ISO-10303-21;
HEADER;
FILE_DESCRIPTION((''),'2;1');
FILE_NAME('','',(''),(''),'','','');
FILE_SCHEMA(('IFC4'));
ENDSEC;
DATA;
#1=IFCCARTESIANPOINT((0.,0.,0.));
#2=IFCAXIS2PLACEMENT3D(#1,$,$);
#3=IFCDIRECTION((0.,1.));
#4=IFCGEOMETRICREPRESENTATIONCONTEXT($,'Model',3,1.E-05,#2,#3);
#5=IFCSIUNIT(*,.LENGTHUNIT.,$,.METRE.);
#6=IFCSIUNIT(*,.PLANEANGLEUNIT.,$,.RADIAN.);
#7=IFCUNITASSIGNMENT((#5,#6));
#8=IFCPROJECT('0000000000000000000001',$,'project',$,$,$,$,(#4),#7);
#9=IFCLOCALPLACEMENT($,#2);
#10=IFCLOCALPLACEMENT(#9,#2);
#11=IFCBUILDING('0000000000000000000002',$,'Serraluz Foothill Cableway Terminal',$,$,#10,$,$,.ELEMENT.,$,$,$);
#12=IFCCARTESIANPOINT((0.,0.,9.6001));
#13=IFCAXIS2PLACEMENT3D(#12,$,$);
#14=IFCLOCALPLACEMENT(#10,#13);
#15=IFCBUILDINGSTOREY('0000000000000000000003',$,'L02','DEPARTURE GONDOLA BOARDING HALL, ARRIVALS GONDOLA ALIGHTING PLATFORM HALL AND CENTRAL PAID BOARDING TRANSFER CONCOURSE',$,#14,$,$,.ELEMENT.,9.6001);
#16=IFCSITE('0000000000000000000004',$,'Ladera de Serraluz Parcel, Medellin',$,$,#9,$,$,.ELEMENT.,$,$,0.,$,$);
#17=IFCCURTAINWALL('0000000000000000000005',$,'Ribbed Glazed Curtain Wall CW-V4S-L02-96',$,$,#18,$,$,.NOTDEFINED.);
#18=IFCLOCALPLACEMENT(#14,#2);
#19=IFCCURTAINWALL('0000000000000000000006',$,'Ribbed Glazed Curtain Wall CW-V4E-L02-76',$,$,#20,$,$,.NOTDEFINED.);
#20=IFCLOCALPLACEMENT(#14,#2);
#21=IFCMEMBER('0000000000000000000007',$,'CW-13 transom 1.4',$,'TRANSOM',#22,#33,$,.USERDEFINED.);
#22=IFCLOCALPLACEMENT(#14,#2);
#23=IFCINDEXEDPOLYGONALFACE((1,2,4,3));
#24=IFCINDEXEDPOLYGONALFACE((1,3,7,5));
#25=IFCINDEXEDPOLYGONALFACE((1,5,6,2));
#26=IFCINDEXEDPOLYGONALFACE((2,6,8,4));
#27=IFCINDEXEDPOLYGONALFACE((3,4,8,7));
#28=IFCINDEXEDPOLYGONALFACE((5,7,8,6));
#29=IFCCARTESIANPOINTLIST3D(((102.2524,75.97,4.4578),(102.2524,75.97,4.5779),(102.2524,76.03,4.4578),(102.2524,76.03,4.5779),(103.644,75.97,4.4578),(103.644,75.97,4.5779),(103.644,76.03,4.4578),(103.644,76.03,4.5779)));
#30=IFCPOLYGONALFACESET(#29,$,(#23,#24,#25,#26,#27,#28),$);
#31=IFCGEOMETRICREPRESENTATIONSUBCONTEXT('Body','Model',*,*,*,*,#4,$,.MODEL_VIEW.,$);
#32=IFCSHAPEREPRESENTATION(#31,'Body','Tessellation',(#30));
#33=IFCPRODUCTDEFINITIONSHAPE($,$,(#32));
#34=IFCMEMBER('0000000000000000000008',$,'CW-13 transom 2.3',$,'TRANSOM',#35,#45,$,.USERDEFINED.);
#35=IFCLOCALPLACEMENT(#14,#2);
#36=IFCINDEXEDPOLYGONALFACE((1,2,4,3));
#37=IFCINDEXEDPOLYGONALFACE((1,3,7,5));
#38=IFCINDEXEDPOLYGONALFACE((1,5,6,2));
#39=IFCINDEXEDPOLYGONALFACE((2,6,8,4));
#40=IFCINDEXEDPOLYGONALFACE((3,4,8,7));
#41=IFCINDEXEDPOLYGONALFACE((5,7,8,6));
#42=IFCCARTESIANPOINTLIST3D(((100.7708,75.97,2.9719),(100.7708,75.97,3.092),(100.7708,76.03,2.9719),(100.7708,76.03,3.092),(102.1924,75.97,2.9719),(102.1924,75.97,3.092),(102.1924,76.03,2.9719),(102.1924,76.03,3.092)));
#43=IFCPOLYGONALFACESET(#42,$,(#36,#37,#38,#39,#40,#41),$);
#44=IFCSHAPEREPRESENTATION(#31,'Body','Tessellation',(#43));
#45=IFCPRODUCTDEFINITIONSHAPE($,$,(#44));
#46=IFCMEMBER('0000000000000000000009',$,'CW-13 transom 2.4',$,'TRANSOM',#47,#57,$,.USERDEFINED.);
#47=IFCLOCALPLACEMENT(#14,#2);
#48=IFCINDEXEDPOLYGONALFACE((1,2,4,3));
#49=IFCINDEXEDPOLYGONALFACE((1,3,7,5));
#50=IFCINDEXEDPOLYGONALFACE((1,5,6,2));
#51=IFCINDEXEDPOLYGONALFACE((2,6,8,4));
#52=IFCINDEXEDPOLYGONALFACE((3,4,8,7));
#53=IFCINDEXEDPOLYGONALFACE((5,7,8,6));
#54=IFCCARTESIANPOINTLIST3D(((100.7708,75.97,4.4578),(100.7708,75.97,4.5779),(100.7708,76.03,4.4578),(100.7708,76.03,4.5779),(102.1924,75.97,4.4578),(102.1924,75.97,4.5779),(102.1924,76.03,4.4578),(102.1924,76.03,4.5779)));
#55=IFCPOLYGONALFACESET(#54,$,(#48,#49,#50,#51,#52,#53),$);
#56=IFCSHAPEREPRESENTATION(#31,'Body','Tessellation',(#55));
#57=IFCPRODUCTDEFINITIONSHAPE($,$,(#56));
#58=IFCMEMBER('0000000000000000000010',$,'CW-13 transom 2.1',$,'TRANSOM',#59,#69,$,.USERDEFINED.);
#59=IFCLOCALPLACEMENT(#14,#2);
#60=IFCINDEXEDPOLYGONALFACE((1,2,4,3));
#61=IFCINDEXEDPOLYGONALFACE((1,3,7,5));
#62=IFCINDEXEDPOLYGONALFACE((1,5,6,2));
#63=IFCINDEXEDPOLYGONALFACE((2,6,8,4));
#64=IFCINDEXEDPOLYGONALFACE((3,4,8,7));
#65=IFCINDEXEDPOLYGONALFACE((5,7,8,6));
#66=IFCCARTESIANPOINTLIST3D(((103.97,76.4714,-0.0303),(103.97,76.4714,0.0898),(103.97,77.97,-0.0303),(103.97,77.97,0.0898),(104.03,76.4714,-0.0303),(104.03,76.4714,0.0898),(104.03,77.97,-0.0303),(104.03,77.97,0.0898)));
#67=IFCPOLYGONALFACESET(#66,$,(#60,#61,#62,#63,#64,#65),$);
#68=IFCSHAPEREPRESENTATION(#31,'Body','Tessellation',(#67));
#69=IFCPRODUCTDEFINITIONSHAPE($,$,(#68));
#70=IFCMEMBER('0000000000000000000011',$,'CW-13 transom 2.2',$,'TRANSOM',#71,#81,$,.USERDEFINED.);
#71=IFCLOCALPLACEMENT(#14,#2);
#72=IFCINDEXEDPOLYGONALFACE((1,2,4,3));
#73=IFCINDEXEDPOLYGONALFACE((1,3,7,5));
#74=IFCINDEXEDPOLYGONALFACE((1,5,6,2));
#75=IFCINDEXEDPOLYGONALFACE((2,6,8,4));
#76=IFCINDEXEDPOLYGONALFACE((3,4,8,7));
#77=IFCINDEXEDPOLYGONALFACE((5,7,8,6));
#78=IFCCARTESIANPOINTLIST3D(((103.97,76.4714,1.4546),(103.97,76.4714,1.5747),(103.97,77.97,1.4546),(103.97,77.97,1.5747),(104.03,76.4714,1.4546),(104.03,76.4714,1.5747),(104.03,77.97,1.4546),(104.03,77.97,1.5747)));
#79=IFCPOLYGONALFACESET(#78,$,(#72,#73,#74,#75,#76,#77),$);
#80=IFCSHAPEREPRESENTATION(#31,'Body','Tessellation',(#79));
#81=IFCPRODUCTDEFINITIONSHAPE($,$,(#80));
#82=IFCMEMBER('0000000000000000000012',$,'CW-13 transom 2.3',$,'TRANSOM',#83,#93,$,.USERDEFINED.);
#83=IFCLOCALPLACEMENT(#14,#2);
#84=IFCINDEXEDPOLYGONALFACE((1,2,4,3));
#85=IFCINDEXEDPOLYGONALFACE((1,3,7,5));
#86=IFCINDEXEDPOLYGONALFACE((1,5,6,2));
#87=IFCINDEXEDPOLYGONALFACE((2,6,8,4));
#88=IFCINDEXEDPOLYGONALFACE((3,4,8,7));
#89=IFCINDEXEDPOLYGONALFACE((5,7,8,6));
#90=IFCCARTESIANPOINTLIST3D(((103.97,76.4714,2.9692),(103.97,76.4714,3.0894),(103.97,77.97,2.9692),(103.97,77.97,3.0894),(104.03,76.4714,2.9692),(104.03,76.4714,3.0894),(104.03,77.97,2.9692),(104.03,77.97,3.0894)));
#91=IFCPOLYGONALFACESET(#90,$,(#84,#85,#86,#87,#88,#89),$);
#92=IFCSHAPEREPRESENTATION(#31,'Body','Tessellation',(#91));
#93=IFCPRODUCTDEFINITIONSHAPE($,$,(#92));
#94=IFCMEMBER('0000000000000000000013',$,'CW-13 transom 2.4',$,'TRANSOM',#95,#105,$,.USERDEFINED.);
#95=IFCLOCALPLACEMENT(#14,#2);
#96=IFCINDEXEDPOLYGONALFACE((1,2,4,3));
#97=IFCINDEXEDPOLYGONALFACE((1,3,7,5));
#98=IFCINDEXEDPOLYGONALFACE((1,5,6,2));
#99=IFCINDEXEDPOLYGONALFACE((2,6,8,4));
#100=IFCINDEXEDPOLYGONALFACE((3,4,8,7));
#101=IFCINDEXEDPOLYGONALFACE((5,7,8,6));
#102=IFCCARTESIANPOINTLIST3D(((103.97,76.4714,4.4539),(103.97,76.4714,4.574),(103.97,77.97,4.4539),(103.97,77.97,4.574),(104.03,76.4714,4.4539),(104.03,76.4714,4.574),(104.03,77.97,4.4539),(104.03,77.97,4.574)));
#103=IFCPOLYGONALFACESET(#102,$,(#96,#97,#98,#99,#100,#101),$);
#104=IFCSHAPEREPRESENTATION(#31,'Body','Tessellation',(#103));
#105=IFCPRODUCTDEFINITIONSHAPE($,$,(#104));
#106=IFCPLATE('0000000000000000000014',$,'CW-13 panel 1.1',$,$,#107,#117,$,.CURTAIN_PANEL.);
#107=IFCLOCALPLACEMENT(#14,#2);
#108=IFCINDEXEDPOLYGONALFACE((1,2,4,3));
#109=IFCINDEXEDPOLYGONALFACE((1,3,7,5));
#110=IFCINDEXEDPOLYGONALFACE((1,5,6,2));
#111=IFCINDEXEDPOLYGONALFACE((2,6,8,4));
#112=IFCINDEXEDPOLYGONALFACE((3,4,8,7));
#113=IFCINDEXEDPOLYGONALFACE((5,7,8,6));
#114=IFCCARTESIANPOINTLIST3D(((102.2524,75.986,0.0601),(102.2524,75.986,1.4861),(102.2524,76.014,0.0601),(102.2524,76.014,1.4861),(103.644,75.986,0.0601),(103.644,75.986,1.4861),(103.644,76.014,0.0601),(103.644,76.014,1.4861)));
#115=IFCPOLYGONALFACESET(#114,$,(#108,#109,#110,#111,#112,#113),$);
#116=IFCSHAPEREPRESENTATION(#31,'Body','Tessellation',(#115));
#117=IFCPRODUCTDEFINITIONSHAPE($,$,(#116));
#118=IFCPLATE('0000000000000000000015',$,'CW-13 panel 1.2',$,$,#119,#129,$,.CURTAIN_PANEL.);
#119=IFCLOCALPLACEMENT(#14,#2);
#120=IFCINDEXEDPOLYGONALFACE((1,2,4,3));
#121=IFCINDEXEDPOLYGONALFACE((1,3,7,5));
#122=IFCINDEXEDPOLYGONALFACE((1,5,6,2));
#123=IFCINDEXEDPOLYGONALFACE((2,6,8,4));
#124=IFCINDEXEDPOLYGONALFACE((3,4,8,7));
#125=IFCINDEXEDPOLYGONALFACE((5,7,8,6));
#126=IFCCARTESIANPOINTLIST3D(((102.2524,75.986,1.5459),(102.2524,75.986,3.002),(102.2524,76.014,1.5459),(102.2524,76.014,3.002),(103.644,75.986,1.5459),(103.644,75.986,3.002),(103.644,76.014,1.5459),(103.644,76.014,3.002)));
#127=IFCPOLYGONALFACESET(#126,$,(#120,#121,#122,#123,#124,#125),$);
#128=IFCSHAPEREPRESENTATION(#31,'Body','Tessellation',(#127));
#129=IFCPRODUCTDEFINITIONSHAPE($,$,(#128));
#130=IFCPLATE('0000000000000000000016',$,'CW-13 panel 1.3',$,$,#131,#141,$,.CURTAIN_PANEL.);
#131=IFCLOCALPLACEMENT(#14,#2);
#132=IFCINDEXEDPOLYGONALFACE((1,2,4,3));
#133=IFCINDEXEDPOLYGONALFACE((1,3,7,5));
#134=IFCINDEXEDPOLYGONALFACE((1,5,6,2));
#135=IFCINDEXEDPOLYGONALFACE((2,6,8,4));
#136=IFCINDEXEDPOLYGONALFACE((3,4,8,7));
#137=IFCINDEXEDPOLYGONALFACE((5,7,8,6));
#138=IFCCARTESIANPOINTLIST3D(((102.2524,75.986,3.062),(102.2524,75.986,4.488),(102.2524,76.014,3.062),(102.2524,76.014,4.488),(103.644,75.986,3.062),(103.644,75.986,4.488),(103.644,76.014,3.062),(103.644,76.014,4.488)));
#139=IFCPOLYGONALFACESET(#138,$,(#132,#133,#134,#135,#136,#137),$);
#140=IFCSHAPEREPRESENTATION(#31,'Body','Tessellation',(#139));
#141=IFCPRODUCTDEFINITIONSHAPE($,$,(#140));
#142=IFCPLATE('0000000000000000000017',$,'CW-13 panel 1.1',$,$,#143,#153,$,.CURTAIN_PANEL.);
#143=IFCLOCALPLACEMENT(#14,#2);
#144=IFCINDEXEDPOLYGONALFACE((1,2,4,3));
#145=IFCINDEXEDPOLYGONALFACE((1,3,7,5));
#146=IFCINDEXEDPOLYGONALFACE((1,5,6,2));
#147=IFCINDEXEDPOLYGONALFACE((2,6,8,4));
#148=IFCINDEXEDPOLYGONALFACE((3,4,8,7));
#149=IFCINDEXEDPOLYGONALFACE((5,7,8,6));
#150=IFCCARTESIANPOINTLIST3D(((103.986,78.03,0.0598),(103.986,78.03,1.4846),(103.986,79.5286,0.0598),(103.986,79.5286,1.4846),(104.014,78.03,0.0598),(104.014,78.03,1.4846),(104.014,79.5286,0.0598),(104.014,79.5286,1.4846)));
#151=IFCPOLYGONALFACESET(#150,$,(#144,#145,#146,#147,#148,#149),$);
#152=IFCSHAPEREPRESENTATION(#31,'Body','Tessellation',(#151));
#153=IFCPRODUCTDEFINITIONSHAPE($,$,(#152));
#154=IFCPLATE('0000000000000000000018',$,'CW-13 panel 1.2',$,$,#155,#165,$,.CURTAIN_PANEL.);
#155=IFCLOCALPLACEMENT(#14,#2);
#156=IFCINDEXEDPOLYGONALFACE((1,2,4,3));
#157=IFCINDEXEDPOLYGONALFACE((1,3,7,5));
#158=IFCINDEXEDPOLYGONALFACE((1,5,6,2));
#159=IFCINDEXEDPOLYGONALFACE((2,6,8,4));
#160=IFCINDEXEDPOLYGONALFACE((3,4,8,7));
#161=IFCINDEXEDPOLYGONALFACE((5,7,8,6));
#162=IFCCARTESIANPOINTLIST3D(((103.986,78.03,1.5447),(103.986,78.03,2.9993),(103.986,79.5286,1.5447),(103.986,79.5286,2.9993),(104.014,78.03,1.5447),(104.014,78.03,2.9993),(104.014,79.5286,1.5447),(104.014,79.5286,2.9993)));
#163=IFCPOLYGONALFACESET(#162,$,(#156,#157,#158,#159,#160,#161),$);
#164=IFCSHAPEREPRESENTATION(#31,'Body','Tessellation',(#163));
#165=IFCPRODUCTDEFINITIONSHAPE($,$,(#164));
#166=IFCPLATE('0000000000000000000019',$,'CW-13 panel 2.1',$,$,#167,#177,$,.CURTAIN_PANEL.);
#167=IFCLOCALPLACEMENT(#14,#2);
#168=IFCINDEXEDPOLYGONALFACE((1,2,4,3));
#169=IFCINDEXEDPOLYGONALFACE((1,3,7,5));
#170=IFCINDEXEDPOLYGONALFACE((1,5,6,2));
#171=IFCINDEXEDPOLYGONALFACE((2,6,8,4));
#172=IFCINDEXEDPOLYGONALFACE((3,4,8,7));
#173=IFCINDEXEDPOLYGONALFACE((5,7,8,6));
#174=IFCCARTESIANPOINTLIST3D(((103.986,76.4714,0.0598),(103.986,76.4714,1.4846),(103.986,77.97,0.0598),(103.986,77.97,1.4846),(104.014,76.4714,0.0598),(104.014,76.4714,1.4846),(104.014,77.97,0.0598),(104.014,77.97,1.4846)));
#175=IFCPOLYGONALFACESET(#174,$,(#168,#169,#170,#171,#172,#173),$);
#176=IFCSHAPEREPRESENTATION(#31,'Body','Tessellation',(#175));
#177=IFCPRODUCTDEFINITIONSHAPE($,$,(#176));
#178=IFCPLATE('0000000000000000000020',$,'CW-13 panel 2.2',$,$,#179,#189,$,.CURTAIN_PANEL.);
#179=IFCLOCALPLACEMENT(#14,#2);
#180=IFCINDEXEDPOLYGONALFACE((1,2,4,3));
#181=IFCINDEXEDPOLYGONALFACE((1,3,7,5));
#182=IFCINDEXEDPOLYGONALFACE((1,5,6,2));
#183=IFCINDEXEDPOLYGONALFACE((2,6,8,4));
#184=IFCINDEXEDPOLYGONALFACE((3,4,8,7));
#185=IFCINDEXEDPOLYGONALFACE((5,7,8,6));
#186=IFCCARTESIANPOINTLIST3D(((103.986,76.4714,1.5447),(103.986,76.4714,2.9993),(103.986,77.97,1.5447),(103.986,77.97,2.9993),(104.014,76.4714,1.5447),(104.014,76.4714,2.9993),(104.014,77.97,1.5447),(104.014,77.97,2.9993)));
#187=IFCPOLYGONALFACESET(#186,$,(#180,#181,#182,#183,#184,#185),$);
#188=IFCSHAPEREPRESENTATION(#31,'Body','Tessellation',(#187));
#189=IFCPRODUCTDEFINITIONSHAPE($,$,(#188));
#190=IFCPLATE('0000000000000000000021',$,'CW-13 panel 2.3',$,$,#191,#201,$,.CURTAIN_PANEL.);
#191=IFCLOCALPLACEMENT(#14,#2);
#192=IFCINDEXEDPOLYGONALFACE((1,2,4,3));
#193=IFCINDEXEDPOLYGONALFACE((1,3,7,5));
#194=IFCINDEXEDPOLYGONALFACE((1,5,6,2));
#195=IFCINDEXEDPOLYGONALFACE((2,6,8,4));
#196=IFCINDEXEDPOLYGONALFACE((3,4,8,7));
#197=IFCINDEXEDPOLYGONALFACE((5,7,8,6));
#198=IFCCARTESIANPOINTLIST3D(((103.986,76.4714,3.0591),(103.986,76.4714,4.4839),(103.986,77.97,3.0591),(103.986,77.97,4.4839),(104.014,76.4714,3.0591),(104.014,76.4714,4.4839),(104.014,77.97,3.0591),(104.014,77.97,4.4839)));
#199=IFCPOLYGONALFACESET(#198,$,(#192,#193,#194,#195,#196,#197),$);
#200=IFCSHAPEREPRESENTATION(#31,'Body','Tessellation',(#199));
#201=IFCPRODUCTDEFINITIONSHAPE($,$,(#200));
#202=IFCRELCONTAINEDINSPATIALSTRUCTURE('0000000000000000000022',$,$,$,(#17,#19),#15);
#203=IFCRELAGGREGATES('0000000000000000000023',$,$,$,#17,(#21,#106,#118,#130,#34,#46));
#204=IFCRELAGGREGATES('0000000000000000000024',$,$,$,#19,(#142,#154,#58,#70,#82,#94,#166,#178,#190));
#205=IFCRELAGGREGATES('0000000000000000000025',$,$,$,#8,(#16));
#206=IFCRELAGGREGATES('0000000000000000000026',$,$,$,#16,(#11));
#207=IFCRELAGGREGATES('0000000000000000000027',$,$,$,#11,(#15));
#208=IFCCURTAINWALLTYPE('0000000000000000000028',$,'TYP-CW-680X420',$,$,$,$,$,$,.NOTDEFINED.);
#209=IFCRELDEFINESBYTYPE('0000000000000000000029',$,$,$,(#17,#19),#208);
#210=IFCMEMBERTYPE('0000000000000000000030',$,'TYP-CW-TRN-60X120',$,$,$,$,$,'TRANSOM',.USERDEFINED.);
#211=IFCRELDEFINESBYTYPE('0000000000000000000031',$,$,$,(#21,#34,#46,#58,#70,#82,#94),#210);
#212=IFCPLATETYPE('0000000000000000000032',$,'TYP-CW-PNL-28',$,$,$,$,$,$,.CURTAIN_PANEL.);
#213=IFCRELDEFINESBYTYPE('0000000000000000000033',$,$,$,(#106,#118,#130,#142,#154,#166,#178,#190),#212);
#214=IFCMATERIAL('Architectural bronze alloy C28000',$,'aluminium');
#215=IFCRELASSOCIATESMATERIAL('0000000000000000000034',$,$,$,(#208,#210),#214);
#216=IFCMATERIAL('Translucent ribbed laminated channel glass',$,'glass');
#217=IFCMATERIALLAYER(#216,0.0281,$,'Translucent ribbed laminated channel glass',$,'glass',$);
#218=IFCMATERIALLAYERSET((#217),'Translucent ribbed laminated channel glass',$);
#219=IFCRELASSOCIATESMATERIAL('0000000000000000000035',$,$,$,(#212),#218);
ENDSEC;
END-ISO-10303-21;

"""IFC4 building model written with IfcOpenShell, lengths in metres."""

from ifc_helpers import new_model, si_unit, direction, frame, origin, origin_2d, place, context, subcontext, project, spatial, rectangle, extrude, material, layer, layer_set, material_profile, profile_set, type_object, element, aggregate, save


model = new_model("IFC4")

# Units and contexts
model_context = context("Model", 3, precision=1e-05, world=origin(), true_north=direction((0.0, 1.0)))
body_context = subcontext(model_context, "Body", "Model", "MODEL_VIEW")
ifc_project = project(units=[si_unit("LENGTHUNIT", "METRE"), si_unit("PLANEANGLEUNIT", "RADIAN")], contexts=[model_context])

# Site, building, storey
site_placement = place(None, origin())
site = spatial("IfcSite", under=ifc_project, at=site_placement, Name="Ladera de Serraluz Parcel, Medellin", CompositionType="ELEMENT", RefElevation=0.0)
building_placement = place(site_placement, origin())
building = spatial("IfcBuilding", under=site, at=building_placement, Name="Serraluz Foothill Cableway Terminal", CompositionType="ELEMENT")
storey_placement = place(building_placement, frame((0.0, 0.0, 9.6001)))
storey = spatial("IfcBuildingStorey", under=building, at=storey_placement, Name="L02", Description="DEPARTURE GONDOLA BOARDING HALL, ARRIVALS GONDOLA ALIGHTING PLATFORM HALL AND CENTRAL PAID BOARDING TRANSFER CONCOURSE", CompositionType="ELEMENT", Elevation=9.6001)

# Curtain walls
ifc_material_1 = material(Name="Architectural bronze alloy C28000", Category="aluminium")
curtain_wall_type = type_object("IfcCurtainWallType", Name="TYP-CW-680X420", PredefinedType="NOTDEFINED", material=ifc_material_1)
curtain_wall_1_placement = place(storey_placement, origin())
curtain_wall_1 = element("IfcCurtainWall", 1, at=curtain_wall_1_placement, inside=storey, type_object=curtain_wall_type, Name="Ribbed Glazed Curtain Wall CW-V4S-L02-96", PredefinedType="NOTDEFINED")
curtain_wall_2_placement = place(storey_placement, origin())
curtain_wall_2 = element("IfcCurtainWall", 2, at=curtain_wall_2_placement, inside=storey, type_object=curtain_wall_type, Name="Ribbed Glazed Curtain Wall CW-V4E-L02-76", PredefinedType="NOTDEFINED")

# Members
ifc_material_profile_1 = material_profile(ifc_material_1, rectangle(XDim=0.0601, YDim=0.1201, at=origin_2d()), Name="ALU TRANSOM 60x120")
ifc_profile_set_1 = profile_set([ifc_material_profile_1], Name="Architectural bronze alloy C28000")
member_type_1 = type_object("IfcMemberType", Name="TYP-CW-TRN-60X120", ElementType="TRANSOM", PredefinedType="USERDEFINED", material=ifc_profile_set_1)
member_1_placement = place(storey_placement, frame((103.644, 76.0, 4.5178), z_axis=(-1.0, 0.0, 0.0), x_axis=(0.0, -1.0, 0.0)))
member_1 = element("IfcMember", 3, at=member_1_placement, type_object=member_type_1, Name="CW-13 transom 1.4", ObjectType="TRANSOM", PredefinedType="USERDEFINED", context=body_context, shape_type="SweptSolid", body=[
    extrude(rectangle(XDim=0.0601, YDim=0.1201, at=origin_2d()), origin(), (0.0, 0.0, 1.0), 1.3916),
])
member_2_placement = place(storey_placement, frame((102.1924, 76.0, 3.032), z_axis=(-1.0, 0.0, 0.0), x_axis=(0.0, -1.0, 0.0)))
member_2 = element("IfcMember", 4, at=member_2_placement, type_object=member_type_1, Name="CW-13 transom 2.3", ObjectType="TRANSOM", PredefinedType="USERDEFINED", context=body_context, shape_type="SweptSolid", body=[
    extrude(rectangle(XDim=0.0601, YDim=0.1201, at=origin_2d()), origin(), (0.0, 0.0, 1.0), 1.4216),
])
member_3_placement = place(storey_placement, frame((102.1924, 76.0, 4.5178), z_axis=(-1.0, 0.0, 0.0), x_axis=(0.0, -1.0, 0.0)))
member_3 = element("IfcMember", 5, at=member_3_placement, type_object=member_type_1, Name="CW-13 transom 2.4", ObjectType="TRANSOM", PredefinedType="USERDEFINED", context=body_context, shape_type="SweptSolid", body=[
    extrude(rectangle(XDim=0.0601, YDim=0.1201, at=origin_2d()), origin(), (0.0, 0.0, 1.0), 1.4216),
])
member_4_placement = place(storey_placement, frame((104.0, 77.97, 0.0298), z_axis=(0.0, -1.0, 0.0), x_axis=(1.0, 0.0, 0.0)))
member_4 = element("IfcMember", 6, at=member_4_placement, type_object=member_type_1, Name="CW-13 transom 2.1", ObjectType="TRANSOM", PredefinedType="USERDEFINED", context=body_context, shape_type="SweptSolid", body=[
    extrude(rectangle(XDim=0.0601, YDim=0.1201, at=origin_2d()), origin(), (0.0, 0.0, 1.0), 1.4985),
])
member_5_placement = place(storey_placement, frame((104.0, 77.97, 1.5146), z_axis=(0.0, -1.0, 0.0), x_axis=(1.0, 0.0, 0.0)))
member_5 = element("IfcMember", 7, at=member_5_placement, type_object=member_type_1, Name="CW-13 transom 2.2", ObjectType="TRANSOM", PredefinedType="USERDEFINED", context=body_context, shape_type="SweptSolid", body=[
    extrude(rectangle(XDim=0.0601, YDim=0.1201, at=origin_2d()), origin(), (0.0, 0.0, 1.0), 1.4985),
])
member_6_placement = place(storey_placement, frame((104.0, 77.97, 3.0293), z_axis=(0.0, -1.0, 0.0), x_axis=(1.0, 0.0, 0.0)))
member_6 = element("IfcMember", 8, at=member_6_placement, type_object=member_type_1, Name="CW-13 transom 2.3", ObjectType="TRANSOM", PredefinedType="USERDEFINED", context=body_context, shape_type="SweptSolid", body=[
    extrude(rectangle(XDim=0.0601, YDim=0.1201, at=origin_2d()), origin(), (0.0, 0.0, 1.0), 1.4985),
])
member_7_placement = place(storey_placement, frame((104.0, 77.97, 4.5139), z_axis=(0.0, -1.0, 0.0), x_axis=(1.0, 0.0, 0.0)))
member_7 = element("IfcMember", 9, at=member_7_placement, type_object=member_type_1, Name="CW-13 transom 2.4", ObjectType="TRANSOM", PredefinedType="USERDEFINED", context=body_context, shape_type="SweptSolid", body=[
    extrude(rectangle(XDim=0.0601, YDim=0.1201, at=origin_2d()), origin(), (0.0, 0.0, 1.0), 1.4985),
])

# Plates
ifc_material_2 = material(Name="Translucent ribbed laminated channel glass", Category="glass")
ifc_layer_1 = layer(ifc_material_2, 0.0281, Name="Translucent ribbed laminated channel glass", Category="glass")
ifc_layer_set_1 = layer_set([ifc_layer_1], Name="Translucent ribbed laminated channel glass")
plate_type_1 = type_object("IfcPlateType", Name="TYP-CW-PNL-28", PredefinedType="CURTAIN_PANEL", material=ifc_layer_set_1)
plate_1_placement = place(storey_placement, frame((102.9482, 76.0, 0.0601), z_axis=(0.0, 0.0, 1.0), x_axis=(-1.0, 0.0, 0.0)))
plate_1 = element("IfcPlate", 10, at=plate_1_placement, type_object=plate_type_1, Name="CW-13 panel 1.1", PredefinedType="CURTAIN_PANEL", context=body_context, shape_type="SweptSolid", body=[
    extrude(rectangle(XDim=1.3916, YDim=0.0281, at=origin_2d()), origin(), (0.0, 0.0, 1.0), 1.426),
])
plate_2_placement = place(storey_placement, frame((102.9482, 76.0, 1.5459), z_axis=(0.0, 0.0, 1.0), x_axis=(-1.0, 0.0, 0.0)))
plate_2 = element("IfcPlate", 11, at=plate_2_placement, type_object=plate_type_1, Name="CW-13 panel 1.2", PredefinedType="CURTAIN_PANEL", context=body_context, shape_type="SweptSolid", body=[
    extrude(rectangle(XDim=1.3916, YDim=0.0281, at=origin_2d()), origin(), (0.0, 0.0, 1.0), 1.4561),
])
plate_3_placement = place(storey_placement, frame((102.9482, 76.0, 3.062), z_axis=(0.0, 0.0, 1.0), x_axis=(-1.0, 0.0, 0.0)))
plate_3 = element("IfcPlate", 12, at=plate_3_placement, type_object=plate_type_1, Name="CW-13 panel 1.3", PredefinedType="CURTAIN_PANEL", context=body_context, shape_type="SweptSolid", body=[
    extrude(rectangle(XDim=1.3916, YDim=0.0281, at=origin_2d()), origin(), (0.0, 0.0, 1.0), 1.426),
])
aggregate(curtain_wall_1, [member_1, plate_1, plate_2, plate_3, member_2, member_3])
plate_4_placement = place(storey_placement, frame((104.0, 78.7793, 0.0598), z_axis=(0.0, 0.0, 1.0), x_axis=(0.0, -1.0, 0.0)))
plate_4 = element("IfcPlate", 13, at=plate_4_placement, type_object=plate_type_1, Name="CW-13 panel 1.1", PredefinedType="CURTAIN_PANEL", context=body_context, shape_type="SweptSolid", body=[
    extrude(rectangle(XDim=1.4985, YDim=0.0281, at=origin_2d()), origin(), (0.0, 0.0, 1.0), 1.4248),
])
plate_5_placement = place(storey_placement, frame((104.0, 78.7793, 1.5447), z_axis=(0.0, 0.0, 1.0), x_axis=(0.0, -1.0, 0.0)))
plate_5 = element("IfcPlate", 14, at=plate_5_placement, type_object=plate_type_1, Name="CW-13 panel 1.2", PredefinedType="CURTAIN_PANEL", context=body_context, shape_type="SweptSolid", body=[
    extrude(rectangle(XDim=1.4985, YDim=0.0281, at=origin_2d()), origin(), (0.0, 0.0, 1.0), 1.4546),
])
plate_6_placement = place(storey_placement, frame((104.0, 77.2207, 0.0598), z_axis=(0.0, 0.0, 1.0), x_axis=(0.0, -1.0, 0.0)))
plate_6 = element("IfcPlate", 15, at=plate_6_placement, type_object=plate_type_1, Name="CW-13 panel 2.1", PredefinedType="CURTAIN_PANEL", context=body_context, shape_type="SweptSolid", body=[
    extrude(rectangle(XDim=1.4985, YDim=0.0281, at=origin_2d()), origin(), (0.0, 0.0, 1.0), 1.4248),
])
plate_7_placement = place(storey_placement, frame((104.0, 77.2207, 1.5447), z_axis=(0.0, 0.0, 1.0), x_axis=(0.0, -1.0, 0.0)))
plate_7 = element("IfcPlate", 16, at=plate_7_placement, type_object=plate_type_1, Name="CW-13 panel 2.2", PredefinedType="CURTAIN_PANEL", context=body_context, shape_type="SweptSolid", body=[
    extrude(rectangle(XDim=1.4985, YDim=0.0281, at=origin_2d()), origin(), (0.0, 0.0, 1.0), 1.4546),
])
plate_8_placement = place(storey_placement, frame((104.0, 77.2207, 3.0591), z_axis=(0.0, 0.0, 1.0), x_axis=(0.0, -1.0, 0.0)))
plate_8 = element("IfcPlate", 17, at=plate_8_placement, type_object=plate_type_1, Name="CW-13 panel 2.3", PredefinedType="CURTAIN_PANEL", context=body_context, shape_type="SweptSolid", body=[
    extrude(rectangle(XDim=1.4985, YDim=0.0281, at=origin_2d()), origin(), (0.0, 0.0, 1.0), 1.4248),
])
aggregate(curtain_wall_2, [plate_4, plate_5, member_4, member_5, member_6, member_7, plate_6, plate_7, plate_8])

save(model, "model.ifc")
